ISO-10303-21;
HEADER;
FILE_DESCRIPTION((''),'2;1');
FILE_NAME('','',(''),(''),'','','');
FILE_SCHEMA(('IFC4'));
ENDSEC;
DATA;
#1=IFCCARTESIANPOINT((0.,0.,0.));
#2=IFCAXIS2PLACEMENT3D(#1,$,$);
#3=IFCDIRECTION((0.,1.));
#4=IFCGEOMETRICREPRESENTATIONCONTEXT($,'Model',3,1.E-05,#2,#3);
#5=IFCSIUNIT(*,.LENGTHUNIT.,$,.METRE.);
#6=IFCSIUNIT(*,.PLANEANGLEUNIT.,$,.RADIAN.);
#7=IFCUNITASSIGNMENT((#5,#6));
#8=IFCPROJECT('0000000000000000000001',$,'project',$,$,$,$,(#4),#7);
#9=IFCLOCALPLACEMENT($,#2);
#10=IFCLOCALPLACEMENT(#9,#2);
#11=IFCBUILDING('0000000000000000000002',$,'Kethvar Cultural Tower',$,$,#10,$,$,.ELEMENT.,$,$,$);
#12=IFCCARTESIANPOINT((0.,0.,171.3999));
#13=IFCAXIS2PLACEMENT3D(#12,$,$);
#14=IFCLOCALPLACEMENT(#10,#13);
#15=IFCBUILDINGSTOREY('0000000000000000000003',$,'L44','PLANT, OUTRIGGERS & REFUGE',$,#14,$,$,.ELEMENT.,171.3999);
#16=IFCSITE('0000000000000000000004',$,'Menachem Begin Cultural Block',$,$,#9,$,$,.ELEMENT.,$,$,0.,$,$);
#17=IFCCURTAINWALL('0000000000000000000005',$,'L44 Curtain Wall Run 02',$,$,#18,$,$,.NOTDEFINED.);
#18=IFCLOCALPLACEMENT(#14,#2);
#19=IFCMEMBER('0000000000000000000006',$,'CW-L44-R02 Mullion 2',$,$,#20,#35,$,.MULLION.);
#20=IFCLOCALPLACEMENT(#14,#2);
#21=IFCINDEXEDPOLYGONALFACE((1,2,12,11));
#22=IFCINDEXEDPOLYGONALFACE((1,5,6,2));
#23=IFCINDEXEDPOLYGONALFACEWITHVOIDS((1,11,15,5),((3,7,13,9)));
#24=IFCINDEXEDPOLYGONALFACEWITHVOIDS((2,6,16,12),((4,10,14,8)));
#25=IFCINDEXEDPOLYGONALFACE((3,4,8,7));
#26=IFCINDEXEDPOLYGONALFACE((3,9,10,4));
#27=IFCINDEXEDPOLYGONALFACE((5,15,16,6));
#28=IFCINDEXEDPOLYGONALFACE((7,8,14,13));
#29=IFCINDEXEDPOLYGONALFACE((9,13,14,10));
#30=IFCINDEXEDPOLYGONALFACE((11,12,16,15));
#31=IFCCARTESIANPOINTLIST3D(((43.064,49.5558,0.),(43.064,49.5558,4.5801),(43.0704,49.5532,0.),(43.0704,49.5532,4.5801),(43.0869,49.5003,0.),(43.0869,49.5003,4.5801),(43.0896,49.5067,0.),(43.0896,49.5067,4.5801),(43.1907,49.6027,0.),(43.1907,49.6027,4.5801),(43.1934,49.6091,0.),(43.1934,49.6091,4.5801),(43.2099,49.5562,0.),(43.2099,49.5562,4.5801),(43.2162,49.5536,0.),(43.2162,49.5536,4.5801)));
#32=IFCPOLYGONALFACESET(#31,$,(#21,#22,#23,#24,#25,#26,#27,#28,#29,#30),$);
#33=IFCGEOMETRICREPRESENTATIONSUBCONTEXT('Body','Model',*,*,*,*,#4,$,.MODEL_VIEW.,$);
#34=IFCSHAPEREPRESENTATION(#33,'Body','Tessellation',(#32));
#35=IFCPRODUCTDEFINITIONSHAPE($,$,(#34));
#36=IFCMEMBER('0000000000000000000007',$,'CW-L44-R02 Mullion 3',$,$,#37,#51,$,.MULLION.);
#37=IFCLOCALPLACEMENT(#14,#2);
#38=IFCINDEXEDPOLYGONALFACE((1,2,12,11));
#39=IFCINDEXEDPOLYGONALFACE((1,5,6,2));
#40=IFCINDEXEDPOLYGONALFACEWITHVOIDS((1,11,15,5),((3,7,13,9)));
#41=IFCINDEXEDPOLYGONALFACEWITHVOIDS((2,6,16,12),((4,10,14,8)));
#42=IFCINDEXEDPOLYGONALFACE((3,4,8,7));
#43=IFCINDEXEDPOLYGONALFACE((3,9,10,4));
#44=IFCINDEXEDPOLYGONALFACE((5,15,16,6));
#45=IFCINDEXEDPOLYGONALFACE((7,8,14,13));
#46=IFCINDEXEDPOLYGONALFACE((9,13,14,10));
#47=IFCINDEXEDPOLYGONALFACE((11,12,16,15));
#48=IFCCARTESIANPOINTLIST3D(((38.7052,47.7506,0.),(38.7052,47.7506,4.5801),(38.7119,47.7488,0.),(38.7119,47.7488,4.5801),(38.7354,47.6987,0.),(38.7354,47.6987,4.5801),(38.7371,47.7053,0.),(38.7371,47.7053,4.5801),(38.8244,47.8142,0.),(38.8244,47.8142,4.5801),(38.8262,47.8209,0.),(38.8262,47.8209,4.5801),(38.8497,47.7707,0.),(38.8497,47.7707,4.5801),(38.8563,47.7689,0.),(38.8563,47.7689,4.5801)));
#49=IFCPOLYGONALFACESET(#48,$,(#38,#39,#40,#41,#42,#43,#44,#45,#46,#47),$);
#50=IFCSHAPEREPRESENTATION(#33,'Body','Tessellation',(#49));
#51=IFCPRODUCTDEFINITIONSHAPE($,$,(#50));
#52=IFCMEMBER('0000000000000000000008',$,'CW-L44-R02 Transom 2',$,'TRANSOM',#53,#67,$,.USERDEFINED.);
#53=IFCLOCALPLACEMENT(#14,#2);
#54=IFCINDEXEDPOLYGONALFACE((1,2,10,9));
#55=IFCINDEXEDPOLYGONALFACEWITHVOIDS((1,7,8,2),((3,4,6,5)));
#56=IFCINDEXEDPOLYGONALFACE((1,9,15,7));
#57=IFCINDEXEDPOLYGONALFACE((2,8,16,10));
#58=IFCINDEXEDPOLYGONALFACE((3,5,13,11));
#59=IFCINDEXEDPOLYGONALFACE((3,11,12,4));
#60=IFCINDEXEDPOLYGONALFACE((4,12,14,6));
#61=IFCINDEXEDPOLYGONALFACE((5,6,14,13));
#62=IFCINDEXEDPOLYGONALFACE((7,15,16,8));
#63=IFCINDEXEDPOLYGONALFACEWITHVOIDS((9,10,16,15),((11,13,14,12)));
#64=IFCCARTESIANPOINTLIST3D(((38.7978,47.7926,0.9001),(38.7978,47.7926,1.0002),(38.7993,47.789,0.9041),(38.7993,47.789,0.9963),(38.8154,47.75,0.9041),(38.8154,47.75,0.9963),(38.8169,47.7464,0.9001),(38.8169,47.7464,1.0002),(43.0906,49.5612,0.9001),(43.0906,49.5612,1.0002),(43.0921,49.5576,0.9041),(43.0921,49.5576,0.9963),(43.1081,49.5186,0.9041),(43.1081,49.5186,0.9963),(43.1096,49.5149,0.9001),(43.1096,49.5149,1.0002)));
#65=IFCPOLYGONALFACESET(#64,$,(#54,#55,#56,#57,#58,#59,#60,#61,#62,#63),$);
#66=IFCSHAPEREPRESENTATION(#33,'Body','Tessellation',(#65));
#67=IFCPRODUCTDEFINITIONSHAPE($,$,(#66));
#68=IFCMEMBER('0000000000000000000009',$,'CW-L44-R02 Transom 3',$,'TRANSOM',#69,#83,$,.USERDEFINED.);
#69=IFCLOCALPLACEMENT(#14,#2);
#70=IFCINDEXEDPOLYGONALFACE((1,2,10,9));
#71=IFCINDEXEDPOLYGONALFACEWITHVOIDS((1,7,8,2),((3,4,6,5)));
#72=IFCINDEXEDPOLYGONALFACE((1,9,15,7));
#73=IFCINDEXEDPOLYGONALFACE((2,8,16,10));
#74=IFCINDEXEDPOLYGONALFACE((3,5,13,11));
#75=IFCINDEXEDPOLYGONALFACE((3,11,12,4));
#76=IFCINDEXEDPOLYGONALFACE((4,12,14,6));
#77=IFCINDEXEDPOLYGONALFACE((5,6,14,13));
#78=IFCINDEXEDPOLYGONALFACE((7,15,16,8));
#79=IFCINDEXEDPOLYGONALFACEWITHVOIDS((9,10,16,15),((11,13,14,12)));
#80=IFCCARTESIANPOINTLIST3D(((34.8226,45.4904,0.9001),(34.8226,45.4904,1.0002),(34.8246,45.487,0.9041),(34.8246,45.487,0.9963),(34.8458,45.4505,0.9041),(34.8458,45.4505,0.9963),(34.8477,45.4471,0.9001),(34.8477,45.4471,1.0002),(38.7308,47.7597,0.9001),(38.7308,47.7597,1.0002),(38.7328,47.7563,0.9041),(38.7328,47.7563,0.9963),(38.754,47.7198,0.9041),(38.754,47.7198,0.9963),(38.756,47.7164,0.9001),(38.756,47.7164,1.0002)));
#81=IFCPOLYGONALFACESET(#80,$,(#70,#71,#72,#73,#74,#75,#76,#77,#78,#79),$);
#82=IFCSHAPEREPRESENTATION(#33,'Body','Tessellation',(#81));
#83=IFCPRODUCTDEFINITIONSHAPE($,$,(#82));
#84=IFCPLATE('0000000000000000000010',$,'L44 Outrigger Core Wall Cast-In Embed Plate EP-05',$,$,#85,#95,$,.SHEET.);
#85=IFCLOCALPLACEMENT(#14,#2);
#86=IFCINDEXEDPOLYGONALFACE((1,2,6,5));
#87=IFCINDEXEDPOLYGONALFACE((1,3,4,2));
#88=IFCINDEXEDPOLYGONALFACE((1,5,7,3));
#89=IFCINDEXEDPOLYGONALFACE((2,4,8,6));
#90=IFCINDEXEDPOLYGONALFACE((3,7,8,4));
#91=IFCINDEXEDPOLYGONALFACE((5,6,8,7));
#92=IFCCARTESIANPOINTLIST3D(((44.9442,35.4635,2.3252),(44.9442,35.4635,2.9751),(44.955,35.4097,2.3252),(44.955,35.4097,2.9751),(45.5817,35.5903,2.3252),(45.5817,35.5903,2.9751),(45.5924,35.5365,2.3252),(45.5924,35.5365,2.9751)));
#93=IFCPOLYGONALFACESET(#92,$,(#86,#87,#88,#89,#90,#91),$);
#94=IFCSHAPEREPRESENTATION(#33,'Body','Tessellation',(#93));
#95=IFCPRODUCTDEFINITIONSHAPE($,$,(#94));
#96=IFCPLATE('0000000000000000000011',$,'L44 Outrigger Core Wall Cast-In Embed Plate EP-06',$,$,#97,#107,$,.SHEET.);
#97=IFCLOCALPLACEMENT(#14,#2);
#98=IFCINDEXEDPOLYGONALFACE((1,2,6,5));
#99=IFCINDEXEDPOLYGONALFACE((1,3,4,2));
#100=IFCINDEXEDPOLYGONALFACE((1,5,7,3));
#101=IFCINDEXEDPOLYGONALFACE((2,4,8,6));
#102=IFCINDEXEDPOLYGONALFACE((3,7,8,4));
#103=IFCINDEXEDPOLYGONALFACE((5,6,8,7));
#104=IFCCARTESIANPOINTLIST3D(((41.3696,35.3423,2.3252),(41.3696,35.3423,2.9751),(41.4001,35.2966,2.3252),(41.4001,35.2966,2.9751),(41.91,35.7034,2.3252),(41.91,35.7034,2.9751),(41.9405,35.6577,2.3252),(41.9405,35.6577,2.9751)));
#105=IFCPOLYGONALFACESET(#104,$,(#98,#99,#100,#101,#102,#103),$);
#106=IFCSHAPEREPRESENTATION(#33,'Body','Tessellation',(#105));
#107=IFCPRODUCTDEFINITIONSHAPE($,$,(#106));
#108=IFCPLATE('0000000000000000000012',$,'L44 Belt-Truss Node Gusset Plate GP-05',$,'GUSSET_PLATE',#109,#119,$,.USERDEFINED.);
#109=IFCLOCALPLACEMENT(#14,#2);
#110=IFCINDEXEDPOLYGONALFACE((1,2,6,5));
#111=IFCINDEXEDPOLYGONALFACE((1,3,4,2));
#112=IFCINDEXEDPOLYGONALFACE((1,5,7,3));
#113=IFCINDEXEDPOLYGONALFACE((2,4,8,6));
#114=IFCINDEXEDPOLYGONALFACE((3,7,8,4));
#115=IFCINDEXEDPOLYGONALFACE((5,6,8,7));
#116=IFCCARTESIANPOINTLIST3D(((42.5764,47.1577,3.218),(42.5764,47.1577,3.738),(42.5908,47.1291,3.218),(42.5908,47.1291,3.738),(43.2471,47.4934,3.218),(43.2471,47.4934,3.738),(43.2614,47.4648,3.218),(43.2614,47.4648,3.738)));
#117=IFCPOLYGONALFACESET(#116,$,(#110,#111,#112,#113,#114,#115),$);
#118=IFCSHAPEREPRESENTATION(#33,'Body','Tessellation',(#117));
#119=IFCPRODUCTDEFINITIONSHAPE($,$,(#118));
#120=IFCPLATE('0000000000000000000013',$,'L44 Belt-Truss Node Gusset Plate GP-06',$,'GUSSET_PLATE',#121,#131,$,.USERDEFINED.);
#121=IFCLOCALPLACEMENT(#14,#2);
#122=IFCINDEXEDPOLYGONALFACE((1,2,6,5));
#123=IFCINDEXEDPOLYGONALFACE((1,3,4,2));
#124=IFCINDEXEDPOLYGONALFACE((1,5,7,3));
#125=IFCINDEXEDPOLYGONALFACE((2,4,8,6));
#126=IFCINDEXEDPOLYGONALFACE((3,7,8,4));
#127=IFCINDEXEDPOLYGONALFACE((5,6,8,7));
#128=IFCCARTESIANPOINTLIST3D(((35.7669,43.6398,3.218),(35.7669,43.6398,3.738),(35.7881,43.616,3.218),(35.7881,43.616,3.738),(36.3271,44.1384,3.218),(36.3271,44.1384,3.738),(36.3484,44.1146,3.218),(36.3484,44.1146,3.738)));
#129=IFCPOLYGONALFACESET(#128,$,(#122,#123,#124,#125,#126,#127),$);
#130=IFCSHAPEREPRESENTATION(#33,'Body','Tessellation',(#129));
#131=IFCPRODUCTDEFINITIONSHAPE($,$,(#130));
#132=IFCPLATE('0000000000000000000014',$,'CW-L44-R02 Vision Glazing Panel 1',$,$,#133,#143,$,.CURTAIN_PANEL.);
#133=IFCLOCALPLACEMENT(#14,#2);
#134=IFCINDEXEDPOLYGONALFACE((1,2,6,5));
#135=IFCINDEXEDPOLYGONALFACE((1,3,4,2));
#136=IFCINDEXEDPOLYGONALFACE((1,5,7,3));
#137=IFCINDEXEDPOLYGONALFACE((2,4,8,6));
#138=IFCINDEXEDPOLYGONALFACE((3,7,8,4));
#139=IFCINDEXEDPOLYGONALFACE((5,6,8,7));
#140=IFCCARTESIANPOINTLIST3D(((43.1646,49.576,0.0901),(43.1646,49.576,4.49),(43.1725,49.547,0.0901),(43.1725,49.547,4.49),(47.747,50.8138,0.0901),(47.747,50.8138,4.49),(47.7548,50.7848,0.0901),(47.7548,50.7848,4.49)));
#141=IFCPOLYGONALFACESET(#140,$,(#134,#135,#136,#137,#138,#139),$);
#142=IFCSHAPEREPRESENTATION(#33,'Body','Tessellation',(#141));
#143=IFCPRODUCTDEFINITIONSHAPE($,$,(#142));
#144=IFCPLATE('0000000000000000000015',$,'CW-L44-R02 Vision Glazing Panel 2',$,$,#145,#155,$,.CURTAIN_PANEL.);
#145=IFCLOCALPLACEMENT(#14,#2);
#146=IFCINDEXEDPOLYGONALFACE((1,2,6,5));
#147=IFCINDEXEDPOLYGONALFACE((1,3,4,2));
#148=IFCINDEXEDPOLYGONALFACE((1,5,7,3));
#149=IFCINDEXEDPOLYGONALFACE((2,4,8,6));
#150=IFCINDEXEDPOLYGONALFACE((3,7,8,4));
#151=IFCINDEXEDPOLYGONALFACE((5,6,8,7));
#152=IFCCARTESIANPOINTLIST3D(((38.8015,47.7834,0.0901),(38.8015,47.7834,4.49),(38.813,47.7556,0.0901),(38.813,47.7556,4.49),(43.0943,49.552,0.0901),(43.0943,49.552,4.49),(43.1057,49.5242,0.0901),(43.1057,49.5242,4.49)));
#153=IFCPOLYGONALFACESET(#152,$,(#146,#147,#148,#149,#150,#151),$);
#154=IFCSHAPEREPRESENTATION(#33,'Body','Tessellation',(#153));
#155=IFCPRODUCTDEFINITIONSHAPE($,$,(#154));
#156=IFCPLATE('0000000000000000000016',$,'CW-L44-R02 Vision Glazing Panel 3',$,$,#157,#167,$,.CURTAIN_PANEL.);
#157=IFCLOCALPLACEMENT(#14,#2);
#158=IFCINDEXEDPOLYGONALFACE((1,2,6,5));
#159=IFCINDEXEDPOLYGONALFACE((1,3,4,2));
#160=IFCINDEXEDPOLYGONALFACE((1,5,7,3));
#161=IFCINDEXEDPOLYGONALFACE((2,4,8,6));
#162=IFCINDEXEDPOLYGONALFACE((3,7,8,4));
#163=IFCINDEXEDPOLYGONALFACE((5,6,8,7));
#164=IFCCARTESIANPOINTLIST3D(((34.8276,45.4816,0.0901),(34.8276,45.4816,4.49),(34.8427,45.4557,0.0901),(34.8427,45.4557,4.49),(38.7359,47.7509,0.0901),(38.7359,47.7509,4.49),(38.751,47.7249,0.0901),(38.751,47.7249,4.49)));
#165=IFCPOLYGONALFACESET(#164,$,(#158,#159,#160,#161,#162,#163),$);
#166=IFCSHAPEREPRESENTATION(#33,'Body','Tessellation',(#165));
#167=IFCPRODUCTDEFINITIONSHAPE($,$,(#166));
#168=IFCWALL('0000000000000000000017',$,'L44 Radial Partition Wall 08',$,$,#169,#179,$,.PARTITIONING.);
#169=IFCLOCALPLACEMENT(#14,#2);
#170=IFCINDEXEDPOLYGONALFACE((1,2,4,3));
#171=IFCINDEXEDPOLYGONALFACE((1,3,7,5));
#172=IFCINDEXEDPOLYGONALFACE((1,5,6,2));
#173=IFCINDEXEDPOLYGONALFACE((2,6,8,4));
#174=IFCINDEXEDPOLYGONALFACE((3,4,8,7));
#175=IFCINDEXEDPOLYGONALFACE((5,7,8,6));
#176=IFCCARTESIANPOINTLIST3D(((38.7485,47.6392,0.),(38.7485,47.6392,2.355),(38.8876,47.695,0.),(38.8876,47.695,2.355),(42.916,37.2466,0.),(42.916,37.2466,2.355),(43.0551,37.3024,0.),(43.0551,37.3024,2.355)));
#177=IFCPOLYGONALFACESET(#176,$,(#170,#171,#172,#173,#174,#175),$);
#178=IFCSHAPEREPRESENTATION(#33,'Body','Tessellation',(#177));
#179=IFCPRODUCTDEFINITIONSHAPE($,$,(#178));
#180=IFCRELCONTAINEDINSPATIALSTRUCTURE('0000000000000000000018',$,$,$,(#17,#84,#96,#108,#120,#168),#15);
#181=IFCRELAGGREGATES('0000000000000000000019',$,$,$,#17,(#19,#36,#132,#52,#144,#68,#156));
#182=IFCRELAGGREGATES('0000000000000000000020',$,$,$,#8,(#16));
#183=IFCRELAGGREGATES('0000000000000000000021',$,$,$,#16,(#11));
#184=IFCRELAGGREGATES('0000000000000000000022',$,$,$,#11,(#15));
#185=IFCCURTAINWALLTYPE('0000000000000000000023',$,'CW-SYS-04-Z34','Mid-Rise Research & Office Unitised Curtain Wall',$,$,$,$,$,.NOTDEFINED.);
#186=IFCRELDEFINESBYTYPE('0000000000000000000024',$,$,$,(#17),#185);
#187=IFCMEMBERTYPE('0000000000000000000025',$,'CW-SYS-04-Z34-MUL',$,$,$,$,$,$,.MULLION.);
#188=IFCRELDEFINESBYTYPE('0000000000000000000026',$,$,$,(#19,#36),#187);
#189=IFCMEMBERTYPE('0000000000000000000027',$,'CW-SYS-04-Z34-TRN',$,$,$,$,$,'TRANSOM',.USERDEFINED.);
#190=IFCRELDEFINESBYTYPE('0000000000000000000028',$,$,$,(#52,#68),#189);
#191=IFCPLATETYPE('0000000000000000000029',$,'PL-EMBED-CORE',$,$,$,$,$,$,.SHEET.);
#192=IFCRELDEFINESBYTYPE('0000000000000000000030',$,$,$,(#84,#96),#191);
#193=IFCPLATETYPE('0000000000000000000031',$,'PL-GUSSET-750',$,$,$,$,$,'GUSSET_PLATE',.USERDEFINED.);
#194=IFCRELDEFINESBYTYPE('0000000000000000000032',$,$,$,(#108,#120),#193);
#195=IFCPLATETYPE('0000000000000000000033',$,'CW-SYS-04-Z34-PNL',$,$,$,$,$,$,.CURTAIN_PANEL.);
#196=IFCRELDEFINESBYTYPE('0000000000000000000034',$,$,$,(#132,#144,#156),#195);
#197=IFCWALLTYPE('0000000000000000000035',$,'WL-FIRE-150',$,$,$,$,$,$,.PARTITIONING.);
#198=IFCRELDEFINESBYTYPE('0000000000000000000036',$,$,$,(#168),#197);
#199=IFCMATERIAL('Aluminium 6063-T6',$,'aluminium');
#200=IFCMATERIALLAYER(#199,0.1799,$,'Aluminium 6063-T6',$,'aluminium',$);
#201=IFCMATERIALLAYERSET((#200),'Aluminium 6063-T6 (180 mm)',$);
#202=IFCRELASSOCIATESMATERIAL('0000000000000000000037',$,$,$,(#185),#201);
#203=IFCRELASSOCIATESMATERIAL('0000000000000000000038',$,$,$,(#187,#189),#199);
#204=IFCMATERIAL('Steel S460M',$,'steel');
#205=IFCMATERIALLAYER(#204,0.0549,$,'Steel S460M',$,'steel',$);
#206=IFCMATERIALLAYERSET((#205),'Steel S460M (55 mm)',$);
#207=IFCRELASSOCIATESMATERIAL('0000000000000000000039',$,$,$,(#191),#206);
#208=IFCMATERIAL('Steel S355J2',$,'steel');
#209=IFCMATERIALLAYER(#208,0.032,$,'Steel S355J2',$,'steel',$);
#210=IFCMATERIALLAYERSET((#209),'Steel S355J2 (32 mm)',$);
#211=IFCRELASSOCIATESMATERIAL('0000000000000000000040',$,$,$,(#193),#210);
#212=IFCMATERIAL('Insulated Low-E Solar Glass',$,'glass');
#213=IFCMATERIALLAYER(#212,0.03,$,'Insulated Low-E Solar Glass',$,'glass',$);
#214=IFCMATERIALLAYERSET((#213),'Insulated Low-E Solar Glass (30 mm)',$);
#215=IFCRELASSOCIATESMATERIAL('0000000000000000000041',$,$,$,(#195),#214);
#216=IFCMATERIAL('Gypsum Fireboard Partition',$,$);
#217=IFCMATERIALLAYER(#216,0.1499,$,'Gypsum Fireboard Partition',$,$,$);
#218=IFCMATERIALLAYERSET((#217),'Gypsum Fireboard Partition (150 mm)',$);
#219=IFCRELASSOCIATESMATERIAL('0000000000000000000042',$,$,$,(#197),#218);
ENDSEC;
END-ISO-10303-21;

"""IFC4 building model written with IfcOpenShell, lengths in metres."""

from ifc_helpers import new_model, si_unit, direction, frame, frame_2d, origin, origin_2d, place, context, subcontext, project, spatial, rectangle, hollow_rectangle, extrude, source, transform, mapped, material, layer, layer_set, material_profile, profile_set, type_object, element, aggregate, save


model = new_model("IFC4")

# Units and contexts
model_context = context("Model", 3, precision=1e-05, world=origin(), true_north=direction((0.0, 1.0)))
body_context = subcontext(model_context, "Body", "Model", "MODEL_VIEW")
ifc_project = project(units=[si_unit("LENGTHUNIT", "METRE"), si_unit("PLANEANGLEUNIT", "RADIAN")], contexts=[model_context])

# Site, building, storey
site_placement = place(None, origin())
site = spatial("IfcSite", under=ifc_project, at=site_placement, Name="Menachem Begin Cultural Block", CompositionType="ELEMENT", RefElevation=0.0)
building_placement = place(site_placement, origin())
building = spatial("IfcBuilding", under=site, at=building_placement, Name="Kethvar Cultural Tower", CompositionType="ELEMENT")
storey_placement = place(building_placement, frame((0.0, 0.0, 171.3999)))
storey = spatial("IfcBuildingStorey", under=building, at=storey_placement, Name="L44", Description="PLANT, OUTRIGGERS & REFUGE", CompositionType="ELEMENT", Elevation=171.3999)

# Shared definitions
ifc_material_1 = material(Name="Steel S460M", Category="steel")

# Curtain wall, members
ifc_material_2 = material(Name="Aluminium 6063-T6", Category="aluminium")
ifc_layer_1 = layer(ifc_material_2, 0.1799, Name="Aluminium 6063-T6", Category="aluminium")
ifc_layer_set_1 = layer_set([ifc_layer_1], Name="Aluminium 6063-T6 (180 mm)")
curtain_wall_type = type_object("IfcCurtainWallType", Name="CW-SYS-04-Z34", Description="Mid-Rise Research & Office Unitised Curtain Wall", PredefinedType="NOTDEFINED", material=ifc_layer_set_1)
curtain_wall_placement = place(storey_placement, origin())
curtain_wall = element("IfcCurtainWall", 1, at=curtain_wall_placement, inside=storey, type_object=curtain_wall_type, Name="L44 Curtain Wall Run 02", PredefinedType="NOTDEFINED")
ifc_material_profile_1 = material_profile(ifc_material_2, hollow_rectangle(XDim=0.0601, YDim=0.1399, WallThickness=0.0049, at=origin_2d()), Name="Aluminium 6063-T6 — RHS140x60x5")
ifc_profile_set_1 = profile_set([ifc_material_profile_1], Name="Aluminium 6063-T6 — RHS140x60x5")
member_type_1 = type_object("IfcMemberType", Name="CW-SYS-04-Z34-MUL", PredefinedType="MULLION", material=ifc_profile_set_1)
shared_shape_1 = source(origin(), body_context, "Body", "SweptSolid", [
    extrude(hollow_rectangle(XDim=0.0601, YDim=0.1399, WallThickness=0.0049, at=origin_2d()), origin(), (0.0, 0.0, 1.0), 4.5801),
])
member_1_placement = place(storey_placement, frame((43.1401, 49.5547, 0.0), z_axis=(0.0, 0.0, 1.0), x_axis=(0.380941, -0.924599, 0.0)))
member_1 = element("IfcMember", 2, at=member_1_placement, type_object=member_type_1, Name="CW-L44-R02 Mullion 2", PredefinedType="MULLION", context=body_context, shape_type="MappedRepresentation", body=[
    mapped(shared_shape_1, transform((0.0, 0.0, 0.0), scale=1.0)),
])
member_2_placement = place(storey_placement, frame((38.7808, 47.7598, 0.0), z_axis=(0.0, 0.0, 1.0), x_axis=(0.50213, -0.864792, 0.0)))
member_2 = element("IfcMember", 3, at=member_2_placement, type_object=member_type_1, Name="CW-L44-R02 Mullion 3", PredefinedType="MULLION", context=body_context, shape_type="MappedRepresentation", body=[
    mapped(shared_shape_1, transform((0.0, 0.0, 0.0), scale=1.0)),
])
ifc_material_profile_2 = material_profile(ifc_material_2, hollow_rectangle(XDim=0.05, YDim=0.1001, WallThickness=0.0039, at=origin_2d()), Name="Aluminium 6063-T6 — RHS100x50x4")
ifc_profile_set_2 = profile_set([ifc_material_profile_2], Name="Aluminium 6063-T6 — RHS100x50x4")
member_type_2 = type_object("IfcMemberType", Name="CW-SYS-04-Z34-TRN", ElementType="TRANSOM", PredefinedType="USERDEFINED", material=ifc_profile_set_2)
shared_shape_2 = source(origin(), body_context, "Body", "SweptSolid", [
    extrude(hollow_rectangle(XDim=0.05, YDim=0.1001, WallThickness=0.0039, at=origin_2d()), origin(), (0.0, 0.0, 1.0), 4.6428),
])
member_3_placement = place(storey_placement, frame((43.1001, 49.5381, 0.9502), z_axis=(-0.924605, -0.380927, 0.0), x_axis=(0.380927, -0.924605, 0.0)))
member_3 = element("IfcMember", 4, at=member_3_placement, type_object=member_type_2, Name="CW-L44-R02 Transom 2", ObjectType="TRANSOM", PredefinedType="USERDEFINED", context=body_context, shape_type="MappedRepresentation", body=[
    mapped(shared_shape_2, transform((0.0, 0.0, 0.0), scale=1.0)),
])
shared_shape_3 = source(origin(), body_context, "Body", "SweptSolid", [
    extrude(hollow_rectangle(XDim=0.05, YDim=0.1001, WallThickness=0.0039, at=origin_2d()), origin(), (0.0, 0.0, 1.0), 4.5193),
])
member_4_placement = place(storey_placement, frame((38.7434, 47.738, 0.9502), z_axis=(-0.864788, -0.502137, 0.0), x_axis=(0.502137, -0.864788, 0.0)))
member_4 = element("IfcMember", 5, at=member_4_placement, type_object=member_type_2, Name="CW-L44-R02 Transom 3", ObjectType="TRANSOM", PredefinedType="USERDEFINED", context=body_context, shape_type="MappedRepresentation", body=[
    mapped(shared_shape_3, transform((0.0, 0.0, 0.0), scale=1.0)),
])

# Plates
ifc_layer_2 = layer(ifc_material_1, 0.0549, Name="Steel S460M", Category="steel")
ifc_layer_set_2 = layer_set([ifc_layer_2], Name="Steel S460M (55 mm)")
plate_type_1 = type_object("IfcPlateType", Name="PL-EMBED-CORE", PredefinedType="SHEET", material=ifc_layer_set_2)
shared_shape_4 = source(origin(), body_context, "Body", "SweptSolid", [
    extrude(rectangle(XDim=0.0549, YDim=0.6499, at=origin_2d()), origin(), (0.0, 0.0, 1.0), 0.6499),
])
for number, where, z_axis, x_axis, name in (
    (6, (45.2683, 35.5, 2.3252), (0.0, 0.0, 1.0), (-0.19509, 0.980785, 0.0), "L44 Outrigger Core Wall Cast-In Embed Plate EP-05"),
    (7, (41.655, 35.5, 2.3252), (0.0, 0.0, 1.0), (-0.55557, 0.83147, 0.0), "L44 Outrigger Core Wall Cast-In Embed Plate EP-06"),
):
    element("IfcPlate", number, at=place(storey_placement, frame(where, z_axis=z_axis, x_axis=x_axis)), inside=storey, type_object=plate_type_1, Name=name, PredefinedType="SHEET", context=body_context, shape_type="MappedRepresentation", body=[
        mapped(shared_shape_4, transform((0.0, 0.0, 0.0), scale=1.0)),
    ])
ifc_material_3 = material(Name="Steel S355J2", Category="steel")
ifc_layer_3 = layer(ifc_material_3, 0.032, Name="Steel S355J2", Category="steel")
ifc_layer_set_3 = layer_set([ifc_layer_3], Name="Steel S355J2 (32 mm)")
plate_type_2 = type_object("IfcPlateType", Name="PL-GUSSET-750", ElementType="GUSSET_PLATE", PredefinedType="USERDEFINED", material=ifc_layer_set_3)
shared_shape_5 = source(origin(), body_context, "Body", "SweptSolid", [
    extrude(rectangle(XDim=0.75, YDim=0.032, at=origin_2d()), origin(), (0.0, 0.0, 1.0), 0.52),
])
for number, where, z_axis, x_axis, name in (
    (8, (42.9189, 47.3113, 3.218), (0.0, 0.0, 1.0), (-0.894258, -0.447552, 0.0), "L44 Belt-Truss Node Gusset Plate GP-05"),
    (9, (36.0576, 43.8772, 3.218), (0.0, 0.0, 1.0), (-0.747018, -0.664804, 0.0), "L44 Belt-Truss Node Gusset Plate GP-06"),
):
    element("IfcPlate", number, at=place(storey_placement, frame(where, z_axis=z_axis, x_axis=x_axis)), inside=storey, type_object=plate_type_2, Name=name, ObjectType="GUSSET_PLATE", PredefinedType="USERDEFINED", context=body_context, shape_type="MappedRepresentation", body=[
        mapped(shared_shape_5, transform((0.0, 0.0, 0.0), scale=1.0)),
    ])

# Plates
ifc_material_4 = material(Name="Insulated Low-E Solar Glass", Category="glass")
ifc_layer_4 = layer(ifc_material_4, 0.03, Name="Insulated Low-E Solar Glass", Category="glass")
ifc_layer_set_4 = layer_set([ifc_layer_4], Name="Insulated Low-E Solar Glass (30 mm)")
plate_type_3 = type_object("IfcPlateType", Name="CW-SYS-04-Z34-PNL", PredefinedType="CURTAIN_PANEL", material=ifc_layer_set_4)
shared_shape_6 = source(origin(), body_context, "Body", "SweptSolid", [
    extrude(rectangle(XDim=4.7466, YDim=0.03, at=origin_2d()), origin(), (0.0, 0.0, 1.0), 4.3999),
])
plate_1_placement = place(storey_placement, frame((45.4597, 50.1804, 0.0901), z_axis=(0.0, 0.0, 1.0), x_axis=(-0.9654, -0.260774, 0.0)))
plate_1 = element("IfcPlate", 10, at=plate_1_placement, type_object=plate_type_3, Name="CW-L44-R02 Vision Glazing Panel 1", PredefinedType="CURTAIN_PANEL", context=body_context, shape_type="MappedRepresentation", body=[
    mapped(shared_shape_6, transform((0.0, 0.0, 0.0), scale=1.0)),
])
shared_shape_7 = source(origin(), body_context, "Body", "SweptSolid", [
    extrude(rectangle(XDim=4.6428, YDim=0.03, at=origin_2d()), origin(), (0.0, 0.0, 1.0), 4.3999),
])
plate_2_placement = place(storey_placement, frame((40.9536, 48.6538, 0.0901), z_axis=(0.0, 0.0, 1.0), x_axis=(-0.924599, -0.380941, 0.0)))
plate_2 = element("IfcPlate", 11, at=plate_2_placement, type_object=plate_type_3, Name="CW-L44-R02 Vision Glazing Panel 2", PredefinedType="CURTAIN_PANEL", context=body_context, shape_type="MappedRepresentation", body=[
    mapped(shared_shape_7, transform((0.0, 0.0, 0.0), scale=1.0)),
])
shared_shape_8 = source(origin(), body_context, "Body", "SweptSolid", [
    extrude(rectangle(XDim=4.5193, YDim=0.03, at=origin_2d()), origin(), (0.0, 0.0, 1.0), 4.3999),
])
plate_3_placement = place(storey_placement, frame((36.7893, 46.6033, 0.0901), z_axis=(0.0, 0.0, 1.0), x_axis=(-0.864792, -0.50213, 0.0)))
plate_3 = element("IfcPlate", 12, at=plate_3_placement, type_object=plate_type_3, Name="CW-L44-R02 Vision Glazing Panel 3", PredefinedType="CURTAIN_PANEL", context=body_context, shape_type="MappedRepresentation", body=[
    mapped(shared_shape_8, transform((0.0, 0.0, 0.0), scale=1.0)),
])
aggregate(curtain_wall, [member_1, member_2, plate_1, member_3, plate_2, member_4, plate_3])

# Wall
ifc_material_5 = material(Name="Gypsum Fireboard Partition")
ifc_layer_5 = layer(ifc_material_5, 0.1499, Name="Gypsum Fireboard Partition")
ifc_layer_set_5 = layer_set([ifc_layer_5], Name="Gypsum Fireboard Partition (150 mm)")
wall_type = type_object("IfcWallType", Name="WL-FIRE-150", PredefinedType="PARTITIONING", material=ifc_layer_set_5)
wall_1_placement = place(storey_placement, frame((42.9856, 37.2744, 0.0), z_axis=(0.0, 0.0, 1.0), x_axis=(-0.372195, 0.928155, 0.0)))
element("IfcWall", 13, at=wall_1_placement, inside=storey, type_object=wall_type, Name="L44 Radial Partition Wall 08", PredefinedType="PARTITIONING", context=body_context, shape_type="SweptSolid", body=[
    extrude(rectangle(XDim=11.197, YDim=0.1499, at=frame_2d((5.5986, 0.0))), origin(), (0.0, 0.0, 1.0), 2.355),
])

save(model, "model.ifc")
